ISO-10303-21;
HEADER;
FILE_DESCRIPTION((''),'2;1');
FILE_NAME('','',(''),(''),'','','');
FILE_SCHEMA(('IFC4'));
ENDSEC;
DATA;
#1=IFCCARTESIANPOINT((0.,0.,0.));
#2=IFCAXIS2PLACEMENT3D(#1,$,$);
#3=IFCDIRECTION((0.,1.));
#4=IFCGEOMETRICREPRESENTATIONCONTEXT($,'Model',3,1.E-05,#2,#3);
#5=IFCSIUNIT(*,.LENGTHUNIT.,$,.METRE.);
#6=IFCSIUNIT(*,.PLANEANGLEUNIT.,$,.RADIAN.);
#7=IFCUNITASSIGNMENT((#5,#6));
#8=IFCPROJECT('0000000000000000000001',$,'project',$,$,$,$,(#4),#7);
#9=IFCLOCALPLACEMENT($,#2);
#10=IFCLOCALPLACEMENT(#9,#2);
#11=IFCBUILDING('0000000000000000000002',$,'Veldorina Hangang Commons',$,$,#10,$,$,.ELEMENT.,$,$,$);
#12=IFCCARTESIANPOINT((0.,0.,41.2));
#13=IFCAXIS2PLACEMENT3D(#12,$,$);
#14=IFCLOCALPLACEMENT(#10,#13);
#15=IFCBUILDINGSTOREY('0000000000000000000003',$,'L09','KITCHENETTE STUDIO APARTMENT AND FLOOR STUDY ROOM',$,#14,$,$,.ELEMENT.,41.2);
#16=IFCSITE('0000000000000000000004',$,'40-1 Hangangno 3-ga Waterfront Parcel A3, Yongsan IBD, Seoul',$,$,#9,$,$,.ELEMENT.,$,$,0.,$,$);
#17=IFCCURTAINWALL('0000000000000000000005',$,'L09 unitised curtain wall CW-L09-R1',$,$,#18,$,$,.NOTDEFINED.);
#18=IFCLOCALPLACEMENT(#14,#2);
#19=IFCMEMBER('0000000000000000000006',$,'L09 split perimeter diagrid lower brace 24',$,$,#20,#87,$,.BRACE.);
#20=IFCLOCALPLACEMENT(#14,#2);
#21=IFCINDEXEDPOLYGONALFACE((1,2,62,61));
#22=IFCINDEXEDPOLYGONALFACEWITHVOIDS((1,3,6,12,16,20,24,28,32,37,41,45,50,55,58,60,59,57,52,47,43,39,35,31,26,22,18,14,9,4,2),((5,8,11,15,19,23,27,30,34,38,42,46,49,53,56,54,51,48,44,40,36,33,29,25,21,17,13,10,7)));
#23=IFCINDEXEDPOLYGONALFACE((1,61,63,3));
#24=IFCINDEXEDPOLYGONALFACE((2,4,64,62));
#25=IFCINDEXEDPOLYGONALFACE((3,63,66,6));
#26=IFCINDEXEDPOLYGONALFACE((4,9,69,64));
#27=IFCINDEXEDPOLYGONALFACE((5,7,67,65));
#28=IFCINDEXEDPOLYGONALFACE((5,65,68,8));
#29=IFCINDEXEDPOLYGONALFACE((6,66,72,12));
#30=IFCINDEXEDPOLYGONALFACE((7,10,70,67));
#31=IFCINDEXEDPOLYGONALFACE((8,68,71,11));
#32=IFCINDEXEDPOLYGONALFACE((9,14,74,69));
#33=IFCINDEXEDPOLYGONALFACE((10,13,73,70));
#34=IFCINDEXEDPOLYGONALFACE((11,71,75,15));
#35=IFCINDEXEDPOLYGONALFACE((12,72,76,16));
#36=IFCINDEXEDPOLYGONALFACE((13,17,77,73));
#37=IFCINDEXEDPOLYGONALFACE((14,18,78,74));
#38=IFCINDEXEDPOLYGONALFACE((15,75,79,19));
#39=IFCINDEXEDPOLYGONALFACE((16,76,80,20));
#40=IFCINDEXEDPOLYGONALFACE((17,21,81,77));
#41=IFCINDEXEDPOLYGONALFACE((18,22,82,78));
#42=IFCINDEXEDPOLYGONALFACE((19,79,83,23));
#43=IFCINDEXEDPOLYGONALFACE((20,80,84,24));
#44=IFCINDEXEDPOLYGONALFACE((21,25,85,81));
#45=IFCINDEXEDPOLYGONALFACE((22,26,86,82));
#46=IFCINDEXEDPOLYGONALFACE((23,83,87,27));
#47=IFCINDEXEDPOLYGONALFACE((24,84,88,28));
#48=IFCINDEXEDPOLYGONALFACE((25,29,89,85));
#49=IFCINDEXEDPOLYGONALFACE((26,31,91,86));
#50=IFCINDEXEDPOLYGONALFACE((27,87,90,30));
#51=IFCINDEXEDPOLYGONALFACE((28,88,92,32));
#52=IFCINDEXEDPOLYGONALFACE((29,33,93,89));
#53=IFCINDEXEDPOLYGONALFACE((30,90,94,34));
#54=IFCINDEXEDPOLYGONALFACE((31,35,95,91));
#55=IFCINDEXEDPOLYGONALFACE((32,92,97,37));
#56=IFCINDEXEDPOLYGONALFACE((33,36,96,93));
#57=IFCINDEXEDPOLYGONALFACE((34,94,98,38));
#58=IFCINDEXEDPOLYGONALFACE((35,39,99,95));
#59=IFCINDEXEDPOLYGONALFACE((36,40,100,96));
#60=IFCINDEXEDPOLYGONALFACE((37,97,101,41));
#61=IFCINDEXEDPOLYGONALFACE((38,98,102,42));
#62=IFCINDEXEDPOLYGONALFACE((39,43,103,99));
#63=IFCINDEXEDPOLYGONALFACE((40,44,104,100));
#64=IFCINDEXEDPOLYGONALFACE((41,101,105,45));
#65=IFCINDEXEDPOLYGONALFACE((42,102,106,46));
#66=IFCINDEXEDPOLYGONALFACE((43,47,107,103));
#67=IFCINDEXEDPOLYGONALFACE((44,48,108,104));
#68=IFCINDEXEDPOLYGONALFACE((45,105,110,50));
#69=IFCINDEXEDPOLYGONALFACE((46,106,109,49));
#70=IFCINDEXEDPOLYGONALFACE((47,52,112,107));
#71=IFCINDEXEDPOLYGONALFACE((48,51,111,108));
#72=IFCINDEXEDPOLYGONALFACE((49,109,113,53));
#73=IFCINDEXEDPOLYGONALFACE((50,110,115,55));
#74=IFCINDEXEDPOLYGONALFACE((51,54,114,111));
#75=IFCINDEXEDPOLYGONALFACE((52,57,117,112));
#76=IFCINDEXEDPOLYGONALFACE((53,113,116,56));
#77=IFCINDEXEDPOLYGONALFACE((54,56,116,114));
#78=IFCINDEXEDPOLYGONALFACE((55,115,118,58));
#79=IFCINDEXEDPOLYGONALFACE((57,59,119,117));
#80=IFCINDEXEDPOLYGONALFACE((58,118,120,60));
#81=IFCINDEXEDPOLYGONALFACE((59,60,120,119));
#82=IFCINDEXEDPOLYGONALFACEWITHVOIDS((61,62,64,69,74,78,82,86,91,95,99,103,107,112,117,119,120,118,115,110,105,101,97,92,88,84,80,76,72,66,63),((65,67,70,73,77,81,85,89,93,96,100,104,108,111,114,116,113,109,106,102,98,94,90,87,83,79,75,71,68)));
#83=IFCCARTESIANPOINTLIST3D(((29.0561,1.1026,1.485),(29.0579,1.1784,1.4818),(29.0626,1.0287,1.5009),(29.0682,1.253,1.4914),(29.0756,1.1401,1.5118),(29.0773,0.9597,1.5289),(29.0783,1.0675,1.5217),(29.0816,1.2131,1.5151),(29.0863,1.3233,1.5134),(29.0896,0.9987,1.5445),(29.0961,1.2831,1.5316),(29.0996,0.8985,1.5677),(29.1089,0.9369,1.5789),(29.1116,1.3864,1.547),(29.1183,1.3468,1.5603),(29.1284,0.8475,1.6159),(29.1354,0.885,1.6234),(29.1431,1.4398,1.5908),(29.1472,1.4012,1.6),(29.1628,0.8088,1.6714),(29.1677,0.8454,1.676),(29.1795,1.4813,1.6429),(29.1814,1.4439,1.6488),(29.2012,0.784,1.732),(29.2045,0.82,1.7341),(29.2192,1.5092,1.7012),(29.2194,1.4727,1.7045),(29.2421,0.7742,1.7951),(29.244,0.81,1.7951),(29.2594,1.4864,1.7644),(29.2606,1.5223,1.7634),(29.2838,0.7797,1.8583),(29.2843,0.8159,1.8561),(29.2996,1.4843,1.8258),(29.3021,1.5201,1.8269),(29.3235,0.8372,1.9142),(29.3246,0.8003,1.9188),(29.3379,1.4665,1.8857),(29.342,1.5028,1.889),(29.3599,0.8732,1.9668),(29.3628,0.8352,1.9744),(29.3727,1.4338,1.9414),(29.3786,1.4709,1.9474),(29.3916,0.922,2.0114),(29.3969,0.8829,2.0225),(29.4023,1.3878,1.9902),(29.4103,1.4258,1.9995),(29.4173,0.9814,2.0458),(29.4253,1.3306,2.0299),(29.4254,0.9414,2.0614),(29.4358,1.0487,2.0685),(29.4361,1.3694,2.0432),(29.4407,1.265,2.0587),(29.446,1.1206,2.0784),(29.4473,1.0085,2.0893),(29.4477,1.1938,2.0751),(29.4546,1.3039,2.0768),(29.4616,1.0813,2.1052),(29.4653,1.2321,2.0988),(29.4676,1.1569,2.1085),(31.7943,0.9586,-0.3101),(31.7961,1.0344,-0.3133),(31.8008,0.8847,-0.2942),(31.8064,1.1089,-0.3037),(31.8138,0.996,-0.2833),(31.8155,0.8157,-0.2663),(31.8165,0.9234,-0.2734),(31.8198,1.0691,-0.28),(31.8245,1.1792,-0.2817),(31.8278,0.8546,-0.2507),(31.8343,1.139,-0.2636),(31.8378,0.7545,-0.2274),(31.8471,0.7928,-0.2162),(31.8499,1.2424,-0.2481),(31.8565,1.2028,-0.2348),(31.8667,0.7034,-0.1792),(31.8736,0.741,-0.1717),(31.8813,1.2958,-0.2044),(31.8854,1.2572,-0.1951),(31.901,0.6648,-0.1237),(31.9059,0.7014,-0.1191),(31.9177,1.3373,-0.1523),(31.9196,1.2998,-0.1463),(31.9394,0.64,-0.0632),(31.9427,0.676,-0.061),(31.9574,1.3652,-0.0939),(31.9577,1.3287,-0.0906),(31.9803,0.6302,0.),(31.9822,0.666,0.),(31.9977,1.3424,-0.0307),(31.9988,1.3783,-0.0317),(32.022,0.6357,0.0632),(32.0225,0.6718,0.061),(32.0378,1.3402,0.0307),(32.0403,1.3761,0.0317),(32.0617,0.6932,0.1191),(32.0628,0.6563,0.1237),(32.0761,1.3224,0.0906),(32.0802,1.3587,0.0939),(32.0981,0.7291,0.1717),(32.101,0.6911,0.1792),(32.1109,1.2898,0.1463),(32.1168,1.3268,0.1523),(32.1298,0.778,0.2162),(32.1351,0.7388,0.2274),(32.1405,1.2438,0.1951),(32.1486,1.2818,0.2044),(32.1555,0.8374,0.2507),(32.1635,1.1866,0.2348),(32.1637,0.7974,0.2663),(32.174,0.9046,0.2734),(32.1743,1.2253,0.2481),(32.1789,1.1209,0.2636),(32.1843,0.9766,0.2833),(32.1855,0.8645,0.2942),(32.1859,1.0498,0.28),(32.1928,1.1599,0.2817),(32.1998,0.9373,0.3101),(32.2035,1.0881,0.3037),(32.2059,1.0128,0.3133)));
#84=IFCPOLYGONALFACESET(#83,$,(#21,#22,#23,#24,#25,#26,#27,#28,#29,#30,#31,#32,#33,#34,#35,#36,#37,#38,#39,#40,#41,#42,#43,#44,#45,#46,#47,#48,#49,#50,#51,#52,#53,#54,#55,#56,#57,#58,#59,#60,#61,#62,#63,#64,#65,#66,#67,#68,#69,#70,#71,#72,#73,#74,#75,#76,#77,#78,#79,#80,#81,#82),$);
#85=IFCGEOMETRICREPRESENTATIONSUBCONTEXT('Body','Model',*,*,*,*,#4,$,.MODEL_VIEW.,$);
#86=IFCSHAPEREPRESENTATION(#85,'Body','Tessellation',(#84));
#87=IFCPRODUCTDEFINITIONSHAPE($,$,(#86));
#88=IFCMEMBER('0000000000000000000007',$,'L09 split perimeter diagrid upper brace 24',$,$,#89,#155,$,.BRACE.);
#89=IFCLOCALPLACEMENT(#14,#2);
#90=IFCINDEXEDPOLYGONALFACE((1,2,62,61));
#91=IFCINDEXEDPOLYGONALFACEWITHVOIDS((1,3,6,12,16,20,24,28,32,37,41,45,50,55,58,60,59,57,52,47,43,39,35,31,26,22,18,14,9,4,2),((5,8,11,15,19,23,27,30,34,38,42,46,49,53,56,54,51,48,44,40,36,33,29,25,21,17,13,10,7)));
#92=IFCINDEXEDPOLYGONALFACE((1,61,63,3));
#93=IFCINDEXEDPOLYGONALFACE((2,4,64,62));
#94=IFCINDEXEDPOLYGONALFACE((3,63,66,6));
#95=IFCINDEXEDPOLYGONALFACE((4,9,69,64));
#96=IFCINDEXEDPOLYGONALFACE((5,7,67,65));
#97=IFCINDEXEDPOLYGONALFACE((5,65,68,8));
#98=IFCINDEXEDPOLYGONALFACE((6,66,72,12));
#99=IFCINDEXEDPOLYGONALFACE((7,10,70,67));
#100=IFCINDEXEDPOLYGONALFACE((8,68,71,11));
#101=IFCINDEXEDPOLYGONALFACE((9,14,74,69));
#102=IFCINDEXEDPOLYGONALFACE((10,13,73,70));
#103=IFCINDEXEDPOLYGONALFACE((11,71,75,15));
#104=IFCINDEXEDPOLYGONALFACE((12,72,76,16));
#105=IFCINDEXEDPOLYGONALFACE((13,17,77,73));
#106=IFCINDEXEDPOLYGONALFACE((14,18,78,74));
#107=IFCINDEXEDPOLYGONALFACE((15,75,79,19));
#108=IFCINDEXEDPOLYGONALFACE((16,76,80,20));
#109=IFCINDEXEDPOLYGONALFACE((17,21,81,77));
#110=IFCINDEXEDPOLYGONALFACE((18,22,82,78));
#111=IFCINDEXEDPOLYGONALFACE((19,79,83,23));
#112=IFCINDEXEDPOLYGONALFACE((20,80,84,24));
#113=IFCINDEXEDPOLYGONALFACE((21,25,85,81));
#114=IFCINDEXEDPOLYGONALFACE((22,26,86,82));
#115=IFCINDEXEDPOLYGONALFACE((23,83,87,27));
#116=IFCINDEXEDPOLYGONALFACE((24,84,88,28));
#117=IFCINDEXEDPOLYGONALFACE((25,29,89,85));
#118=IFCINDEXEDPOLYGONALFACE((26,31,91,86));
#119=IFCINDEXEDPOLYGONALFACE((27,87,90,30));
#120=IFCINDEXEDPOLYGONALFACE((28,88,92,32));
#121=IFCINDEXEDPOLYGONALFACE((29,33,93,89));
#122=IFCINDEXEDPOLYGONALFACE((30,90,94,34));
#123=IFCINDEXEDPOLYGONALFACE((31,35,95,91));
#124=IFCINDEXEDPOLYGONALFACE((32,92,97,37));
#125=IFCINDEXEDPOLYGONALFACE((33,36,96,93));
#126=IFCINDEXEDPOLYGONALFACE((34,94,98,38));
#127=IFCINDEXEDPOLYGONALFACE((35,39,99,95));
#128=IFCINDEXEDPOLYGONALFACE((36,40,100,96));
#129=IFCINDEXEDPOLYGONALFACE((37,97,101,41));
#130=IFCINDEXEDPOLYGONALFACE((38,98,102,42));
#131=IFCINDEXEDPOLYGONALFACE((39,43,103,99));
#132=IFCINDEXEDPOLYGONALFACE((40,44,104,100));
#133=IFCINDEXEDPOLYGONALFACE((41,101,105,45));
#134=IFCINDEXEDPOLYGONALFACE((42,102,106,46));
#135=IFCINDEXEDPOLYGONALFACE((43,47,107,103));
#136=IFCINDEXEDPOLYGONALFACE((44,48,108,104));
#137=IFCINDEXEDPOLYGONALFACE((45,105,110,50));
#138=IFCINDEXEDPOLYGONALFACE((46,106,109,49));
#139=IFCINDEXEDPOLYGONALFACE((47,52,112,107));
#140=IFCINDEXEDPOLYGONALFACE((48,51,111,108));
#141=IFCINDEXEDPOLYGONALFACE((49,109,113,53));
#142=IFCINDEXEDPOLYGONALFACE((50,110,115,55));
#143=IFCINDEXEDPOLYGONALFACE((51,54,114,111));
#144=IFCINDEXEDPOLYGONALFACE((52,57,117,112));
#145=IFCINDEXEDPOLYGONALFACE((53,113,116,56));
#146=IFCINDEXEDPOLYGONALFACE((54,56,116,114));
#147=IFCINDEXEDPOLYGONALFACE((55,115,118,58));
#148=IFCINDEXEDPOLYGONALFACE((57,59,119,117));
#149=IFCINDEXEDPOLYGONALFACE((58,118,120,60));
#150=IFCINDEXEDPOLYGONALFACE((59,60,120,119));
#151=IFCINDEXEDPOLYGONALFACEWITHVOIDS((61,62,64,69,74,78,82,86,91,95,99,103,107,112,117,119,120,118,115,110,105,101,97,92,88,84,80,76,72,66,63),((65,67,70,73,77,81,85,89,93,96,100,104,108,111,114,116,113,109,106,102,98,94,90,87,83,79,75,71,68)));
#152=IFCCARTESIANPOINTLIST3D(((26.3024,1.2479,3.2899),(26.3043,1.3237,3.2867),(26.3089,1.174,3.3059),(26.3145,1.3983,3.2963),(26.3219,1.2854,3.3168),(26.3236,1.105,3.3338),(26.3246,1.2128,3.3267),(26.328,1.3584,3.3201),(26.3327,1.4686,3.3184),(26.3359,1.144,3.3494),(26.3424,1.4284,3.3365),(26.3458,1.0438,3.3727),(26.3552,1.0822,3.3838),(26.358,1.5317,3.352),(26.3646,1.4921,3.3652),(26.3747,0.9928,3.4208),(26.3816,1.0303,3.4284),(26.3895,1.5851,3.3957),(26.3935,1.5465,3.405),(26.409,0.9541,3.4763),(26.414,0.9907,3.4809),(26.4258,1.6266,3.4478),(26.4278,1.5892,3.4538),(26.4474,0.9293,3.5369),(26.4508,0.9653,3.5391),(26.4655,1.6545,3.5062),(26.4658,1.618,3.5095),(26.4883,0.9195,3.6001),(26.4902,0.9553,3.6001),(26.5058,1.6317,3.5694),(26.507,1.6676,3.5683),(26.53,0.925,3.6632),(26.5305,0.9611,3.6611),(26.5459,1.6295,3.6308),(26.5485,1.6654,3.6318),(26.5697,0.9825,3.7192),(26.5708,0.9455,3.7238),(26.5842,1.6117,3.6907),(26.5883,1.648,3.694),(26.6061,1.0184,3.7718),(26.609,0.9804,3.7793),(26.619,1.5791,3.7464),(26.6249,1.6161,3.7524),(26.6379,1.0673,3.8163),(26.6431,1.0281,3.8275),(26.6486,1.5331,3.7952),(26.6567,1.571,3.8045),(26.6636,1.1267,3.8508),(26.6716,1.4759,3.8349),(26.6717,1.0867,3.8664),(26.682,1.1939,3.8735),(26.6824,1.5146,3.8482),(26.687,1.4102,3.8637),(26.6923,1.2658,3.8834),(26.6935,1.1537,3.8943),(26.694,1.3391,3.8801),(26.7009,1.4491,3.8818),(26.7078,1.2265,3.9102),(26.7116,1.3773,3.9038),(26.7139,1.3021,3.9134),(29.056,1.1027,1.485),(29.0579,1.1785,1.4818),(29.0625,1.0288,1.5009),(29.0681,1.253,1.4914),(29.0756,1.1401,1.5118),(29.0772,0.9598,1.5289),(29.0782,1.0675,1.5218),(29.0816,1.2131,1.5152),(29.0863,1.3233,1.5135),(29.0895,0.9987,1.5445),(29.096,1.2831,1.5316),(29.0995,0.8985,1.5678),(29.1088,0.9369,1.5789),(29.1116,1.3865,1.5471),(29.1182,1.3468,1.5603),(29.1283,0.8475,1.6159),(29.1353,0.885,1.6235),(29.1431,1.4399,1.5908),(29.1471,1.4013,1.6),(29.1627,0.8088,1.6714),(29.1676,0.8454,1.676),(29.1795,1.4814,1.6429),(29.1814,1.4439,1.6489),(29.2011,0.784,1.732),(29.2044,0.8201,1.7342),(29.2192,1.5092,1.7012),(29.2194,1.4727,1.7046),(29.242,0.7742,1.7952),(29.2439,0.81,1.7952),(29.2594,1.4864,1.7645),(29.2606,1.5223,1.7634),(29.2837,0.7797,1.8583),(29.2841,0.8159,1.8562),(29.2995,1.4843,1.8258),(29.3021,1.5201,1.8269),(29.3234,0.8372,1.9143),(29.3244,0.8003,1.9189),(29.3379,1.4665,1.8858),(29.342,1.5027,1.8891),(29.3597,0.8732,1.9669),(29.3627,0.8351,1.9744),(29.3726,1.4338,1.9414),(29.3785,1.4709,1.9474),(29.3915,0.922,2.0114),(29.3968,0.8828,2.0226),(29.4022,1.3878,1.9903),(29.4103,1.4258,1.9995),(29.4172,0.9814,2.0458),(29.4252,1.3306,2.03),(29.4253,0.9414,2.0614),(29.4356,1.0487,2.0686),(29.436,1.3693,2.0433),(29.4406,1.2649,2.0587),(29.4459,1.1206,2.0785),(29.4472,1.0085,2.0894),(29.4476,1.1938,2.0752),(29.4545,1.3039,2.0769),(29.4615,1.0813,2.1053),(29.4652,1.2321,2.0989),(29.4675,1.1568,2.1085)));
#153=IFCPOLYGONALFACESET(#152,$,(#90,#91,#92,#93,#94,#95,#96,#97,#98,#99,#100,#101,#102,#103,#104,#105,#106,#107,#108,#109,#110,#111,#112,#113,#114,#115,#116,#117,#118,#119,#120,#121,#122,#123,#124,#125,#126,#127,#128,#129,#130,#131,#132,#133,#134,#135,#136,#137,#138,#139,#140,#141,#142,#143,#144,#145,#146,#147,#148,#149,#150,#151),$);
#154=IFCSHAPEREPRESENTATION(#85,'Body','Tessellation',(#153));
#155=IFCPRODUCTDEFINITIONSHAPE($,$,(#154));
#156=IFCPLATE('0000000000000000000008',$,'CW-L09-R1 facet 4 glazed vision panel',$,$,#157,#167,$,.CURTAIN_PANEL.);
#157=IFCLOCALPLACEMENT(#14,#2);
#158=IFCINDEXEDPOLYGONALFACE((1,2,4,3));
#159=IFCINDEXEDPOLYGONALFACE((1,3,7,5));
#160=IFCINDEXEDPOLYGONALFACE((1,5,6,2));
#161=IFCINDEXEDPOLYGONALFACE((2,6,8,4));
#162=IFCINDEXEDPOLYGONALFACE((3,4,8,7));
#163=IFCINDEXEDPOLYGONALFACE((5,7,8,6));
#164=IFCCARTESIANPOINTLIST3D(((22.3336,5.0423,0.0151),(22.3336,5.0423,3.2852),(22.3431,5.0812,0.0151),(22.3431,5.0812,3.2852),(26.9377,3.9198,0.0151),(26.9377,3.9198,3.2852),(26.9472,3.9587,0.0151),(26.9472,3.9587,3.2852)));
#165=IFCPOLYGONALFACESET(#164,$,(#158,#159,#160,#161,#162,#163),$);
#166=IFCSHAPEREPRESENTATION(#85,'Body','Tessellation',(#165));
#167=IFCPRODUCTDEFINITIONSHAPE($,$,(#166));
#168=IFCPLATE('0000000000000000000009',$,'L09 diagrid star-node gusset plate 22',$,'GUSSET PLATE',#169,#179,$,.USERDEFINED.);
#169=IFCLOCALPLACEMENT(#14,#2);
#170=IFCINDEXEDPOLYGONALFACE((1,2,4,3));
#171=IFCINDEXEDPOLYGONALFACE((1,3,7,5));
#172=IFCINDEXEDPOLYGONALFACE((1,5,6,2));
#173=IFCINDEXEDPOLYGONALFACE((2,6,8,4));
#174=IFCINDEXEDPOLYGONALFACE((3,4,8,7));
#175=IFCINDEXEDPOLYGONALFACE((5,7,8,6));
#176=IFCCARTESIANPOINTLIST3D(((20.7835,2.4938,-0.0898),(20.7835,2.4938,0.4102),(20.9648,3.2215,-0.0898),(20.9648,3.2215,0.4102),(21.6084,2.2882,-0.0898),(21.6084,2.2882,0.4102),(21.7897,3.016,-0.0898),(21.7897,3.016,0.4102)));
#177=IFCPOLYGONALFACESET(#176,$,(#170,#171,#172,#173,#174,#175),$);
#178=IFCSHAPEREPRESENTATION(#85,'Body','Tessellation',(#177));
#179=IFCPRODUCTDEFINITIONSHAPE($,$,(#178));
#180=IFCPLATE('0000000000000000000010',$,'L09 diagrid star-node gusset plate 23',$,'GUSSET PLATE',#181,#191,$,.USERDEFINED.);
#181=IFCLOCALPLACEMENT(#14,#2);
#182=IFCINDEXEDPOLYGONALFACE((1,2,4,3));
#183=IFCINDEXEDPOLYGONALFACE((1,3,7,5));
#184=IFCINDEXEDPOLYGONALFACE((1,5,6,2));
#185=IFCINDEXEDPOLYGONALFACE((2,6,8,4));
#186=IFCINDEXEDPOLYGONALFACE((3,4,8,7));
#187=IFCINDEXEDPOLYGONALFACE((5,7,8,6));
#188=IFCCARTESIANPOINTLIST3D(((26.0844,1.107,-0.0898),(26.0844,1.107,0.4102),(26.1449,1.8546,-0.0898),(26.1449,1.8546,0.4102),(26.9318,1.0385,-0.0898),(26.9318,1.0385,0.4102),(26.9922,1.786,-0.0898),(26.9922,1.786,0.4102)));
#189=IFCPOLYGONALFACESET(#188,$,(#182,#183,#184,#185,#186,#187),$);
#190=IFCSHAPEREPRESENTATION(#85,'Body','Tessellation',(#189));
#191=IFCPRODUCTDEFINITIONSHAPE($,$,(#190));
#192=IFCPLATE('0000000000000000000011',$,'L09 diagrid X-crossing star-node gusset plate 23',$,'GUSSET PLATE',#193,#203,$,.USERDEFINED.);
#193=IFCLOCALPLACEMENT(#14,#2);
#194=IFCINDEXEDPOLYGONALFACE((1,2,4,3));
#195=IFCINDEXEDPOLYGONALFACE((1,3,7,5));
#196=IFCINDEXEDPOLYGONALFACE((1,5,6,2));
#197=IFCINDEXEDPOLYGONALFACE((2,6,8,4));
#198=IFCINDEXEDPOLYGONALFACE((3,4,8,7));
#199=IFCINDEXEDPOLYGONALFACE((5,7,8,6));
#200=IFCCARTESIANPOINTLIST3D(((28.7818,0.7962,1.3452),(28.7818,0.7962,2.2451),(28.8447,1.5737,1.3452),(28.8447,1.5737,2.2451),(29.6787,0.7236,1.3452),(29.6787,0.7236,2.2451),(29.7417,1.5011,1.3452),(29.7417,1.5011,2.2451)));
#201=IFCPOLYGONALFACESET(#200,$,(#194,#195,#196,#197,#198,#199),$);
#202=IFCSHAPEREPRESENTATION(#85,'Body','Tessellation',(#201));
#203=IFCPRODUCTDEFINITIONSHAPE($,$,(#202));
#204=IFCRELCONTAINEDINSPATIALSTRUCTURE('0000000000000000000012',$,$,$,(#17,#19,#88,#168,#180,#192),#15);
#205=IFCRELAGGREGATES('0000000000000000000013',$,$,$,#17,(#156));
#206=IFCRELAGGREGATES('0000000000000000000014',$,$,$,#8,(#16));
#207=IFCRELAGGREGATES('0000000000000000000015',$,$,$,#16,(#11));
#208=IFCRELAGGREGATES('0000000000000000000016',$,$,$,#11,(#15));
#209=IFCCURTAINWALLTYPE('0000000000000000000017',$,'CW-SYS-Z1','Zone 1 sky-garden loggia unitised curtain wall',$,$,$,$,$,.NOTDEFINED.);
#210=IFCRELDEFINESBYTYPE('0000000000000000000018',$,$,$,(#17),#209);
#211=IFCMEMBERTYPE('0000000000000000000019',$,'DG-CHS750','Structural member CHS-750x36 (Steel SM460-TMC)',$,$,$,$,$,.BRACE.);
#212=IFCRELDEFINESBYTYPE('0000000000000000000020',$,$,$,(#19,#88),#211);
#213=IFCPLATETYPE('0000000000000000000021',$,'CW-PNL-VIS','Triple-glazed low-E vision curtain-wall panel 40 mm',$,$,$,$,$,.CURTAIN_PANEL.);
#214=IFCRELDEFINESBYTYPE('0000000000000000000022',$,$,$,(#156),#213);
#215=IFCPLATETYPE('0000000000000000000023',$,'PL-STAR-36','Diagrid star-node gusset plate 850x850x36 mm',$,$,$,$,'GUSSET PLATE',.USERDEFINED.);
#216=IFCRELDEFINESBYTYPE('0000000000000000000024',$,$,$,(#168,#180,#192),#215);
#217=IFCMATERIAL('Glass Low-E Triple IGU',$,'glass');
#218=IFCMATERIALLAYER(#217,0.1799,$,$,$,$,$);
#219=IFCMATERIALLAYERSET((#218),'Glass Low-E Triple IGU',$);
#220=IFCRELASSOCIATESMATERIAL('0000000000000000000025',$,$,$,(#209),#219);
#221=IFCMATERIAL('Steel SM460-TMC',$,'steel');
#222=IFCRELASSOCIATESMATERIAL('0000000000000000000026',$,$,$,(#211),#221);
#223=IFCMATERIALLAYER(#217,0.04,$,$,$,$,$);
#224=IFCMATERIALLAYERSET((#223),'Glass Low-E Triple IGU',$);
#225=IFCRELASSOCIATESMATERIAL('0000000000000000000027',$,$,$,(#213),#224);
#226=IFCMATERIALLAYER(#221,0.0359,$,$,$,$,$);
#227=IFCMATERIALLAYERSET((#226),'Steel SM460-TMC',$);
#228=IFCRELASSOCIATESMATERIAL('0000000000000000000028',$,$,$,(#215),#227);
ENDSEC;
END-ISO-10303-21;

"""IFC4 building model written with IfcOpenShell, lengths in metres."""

from ifc_helpers import new_model, si_unit, direction, frame, origin, origin_2d, place, context, subcontext, project, spatial, rectangle, hollow_circle, extrude, material, layer, layer_set, material_profile, profile_set, type_object, element, aggregate, save


model = new_model("IFC4")

# Units and contexts
model_context = context("Model", 3, precision=1e-05, world=origin(), true_north=direction((0.0, 1.0)))
body_context = subcontext(model_context, "Body", "Model", "MODEL_VIEW")
ifc_project = project(units=[si_unit("LENGTHUNIT", "METRE"), si_unit("PLANEANGLEUNIT", "RADIAN")], contexts=[model_context])

# Site, building, storey
site_placement = place(None, origin())
site = spatial("IfcSite", under=ifc_project, at=site_placement, Name="40-1 Hangangno 3-ga Waterfront Parcel A3, Yongsan IBD, Seoul", CompositionType="ELEMENT", RefElevation=0.0)
building_placement = place(site_placement, origin())
building = spatial("IfcBuilding", under=site, at=building_placement, Name="Veldorina Hangang Commons", CompositionType="ELEMENT")
storey_placement = place(building_placement, frame((0.0, 0.0, 41.2)))
storey = spatial("IfcBuildingStorey", under=building, at=storey_placement, Name="L09", Description="KITCHENETTE STUDIO APARTMENT AND FLOOR STUDY ROOM", CompositionType="ELEMENT", Elevation=41.2)

# Shared definitions
ifc_material_1 = material(Name="Steel SM460-TMC", Category="steel")

# Curtain wall
ifc_material_2 = material(Name="Glass Low-E Triple IGU", Category="glass")
ifc_layer_1 = layer(ifc_material_2, 0.1799)
ifc_layer_set_1 = layer_set([ifc_layer_1], Name="Glass Low-E Triple IGU")
curtain_wall_type = type_object("IfcCurtainWallType", Name="CW-SYS-Z1", Description="Zone 1 sky-garden loggia unitised curtain wall", PredefinedType="NOTDEFINED", material=ifc_layer_set_1)
curtain_wall_placement = place(storey_placement, origin())
curtain_wall = element("IfcCurtainWall", 1, at=curtain_wall_placement, inside=storey, type_object=curtain_wall_type, Name="L09 unitised curtain wall CW-L09-R1", PredefinedType="NOTDEFINED")

# Members
ifc_material_profile_1 = material_profile(ifc_material_1, hollow_circle(Radius=0.375, WallThickness=0.0359, at=origin_2d()), Name="CHS-750x36")
ifc_profile_set_1 = profile_set([ifc_material_profile_1], Name="Steel SM460-TMC")
member_type_1 = type_object("IfcMemberType", Name="DG-CHS750", Description="Structural member CHS-750x36 (Steel SM460-TMC)", PredefinedType="BRACE", material=ifc_profile_set_1)
member_1_placement = place(storey_placement, frame((32.0, 1.0046, 0.0), z_axis=(-0.835496, 0.04395, 0.547736), x_axis=(-0.052531, -0.998619, 0.0)))
element("IfcMember", 2, at=member_1_placement, inside=storey, type_object=member_type_1, Name="L09 split perimeter diagrid lower brace 24", PredefinedType="BRACE", context=body_context, shape_type="SweptSolid", body=[
    extrude(hollow_circle(Radius=0.375, WallThickness=0.0359, at=origin_2d()), origin(), (0.0, 0.0, 1.0), 3.2773),
])
member_2_placement = place(storey_placement, frame((29.2617, 1.1487, 1.7952), z_axis=(-0.835536, 0.044077, 0.547665), x_axis=(-0.05268, -0.998611, 0.0)))
element("IfcMember", 3, at=member_2_placement, inside=storey, type_object=member_type_1, Name="L09 split perimeter diagrid upper brace 24", PredefinedType="BRACE", context=body_context, shape_type="SweptSolid", body=[
    extrude(hollow_circle(Radius=0.375, WallThickness=0.0359, at=origin_2d()), origin(), (0.0, 0.0, 1.0), 3.2957),
])

# Plate
ifc_layer_2 = layer(ifc_material_2, 0.04)
ifc_layer_set_2 = layer_set([ifc_layer_2], Name="Glass Low-E Triple IGU")
plate_type_1 = type_object("IfcPlateType", Name="CW-PNL-VIS", Description="Triple-glazed low-E vision curtain-wall panel 40 mm", PredefinedType="CURTAIN_PANEL", material=ifc_layer_set_2)
plate_1_placement = place(storey_placement, frame((24.6404, 4.5005, 0.0151), z_axis=(0.0, 0.0, 1.0), x_axis=(0.971541, -0.236872, 0.0)))
plate_1 = element("IfcPlate", 4, at=plate_1_placement, type_object=plate_type_1, Name="CW-L09-R1 facet 4 glazed vision panel", PredefinedType="CURTAIN_PANEL", context=body_context, shape_type="SweptSolid", body=[
    extrude(rectangle(XDim=4.739, YDim=0.04, at=origin_2d()), origin(), (0.0, 0.0, 1.0), 3.27),
])
aggregate(curtain_wall, [plate_1])

# Plates
ifc_layer_3 = layer(ifc_material_1, 0.0359)
ifc_layer_set_3 = layer_set([ifc_layer_3], Name="Steel SM460-TMC")
plate_type_2 = type_object("IfcPlateType", Name="PL-STAR-36", Description="Diagrid star-node gusset plate 850x850x36 mm", ElementType="GUSSET PLATE", PredefinedType="USERDEFINED", material=ifc_layer_set_3)
for number, where, z_axis, x_axis, name in (
    (5, (21.2866, 2.7549, -0.0898), (0.0, 0.0, 1.0), (0.970334, -0.241769, 0.0), "L09 diagrid star-node gusset plate 22"),
    (6, (26.5383, 1.4465, -0.0898), (0.0, 0.0, 1.0), (0.996742, -0.080651, 0.0), "L09 diagrid star-node gusset plate 23"),
):
    element("IfcPlate", number, at=place(storey_placement, frame(where, z_axis=z_axis, x_axis=x_axis)), inside=storey, type_object=plate_type_2, Name=name, ObjectType="GUSSET PLATE", PredefinedType="USERDEFINED", context=body_context, shape_type="SweptSolid", body=[
        extrude(rectangle(XDim=0.8501, YDim=0.75, at=origin_2d()), origin(), (0.0, 0.0, 1.0), 0.5),
    ])
plate_2_placement = place(storey_placement, frame((29.2617, 1.1487, 1.3452), z_axis=(0.0, 0.0, 1.0), x_axis=(0.996742, -0.080651, 0.0)))
element("IfcPlate", 7, at=plate_2_placement, inside=storey, type_object=plate_type_2, Name="L09 diagrid X-crossing star-node gusset plate 23", ObjectType="GUSSET PLATE", PredefinedType="USERDEFINED", context=body_context, shape_type="SweptSolid", body=[
    extrude(rectangle(XDim=0.8999, YDim=0.78, at=origin_2d()), origin(), (0.0, 0.0, 1.0), 0.8999),
])

save(model, "model.ifc")
